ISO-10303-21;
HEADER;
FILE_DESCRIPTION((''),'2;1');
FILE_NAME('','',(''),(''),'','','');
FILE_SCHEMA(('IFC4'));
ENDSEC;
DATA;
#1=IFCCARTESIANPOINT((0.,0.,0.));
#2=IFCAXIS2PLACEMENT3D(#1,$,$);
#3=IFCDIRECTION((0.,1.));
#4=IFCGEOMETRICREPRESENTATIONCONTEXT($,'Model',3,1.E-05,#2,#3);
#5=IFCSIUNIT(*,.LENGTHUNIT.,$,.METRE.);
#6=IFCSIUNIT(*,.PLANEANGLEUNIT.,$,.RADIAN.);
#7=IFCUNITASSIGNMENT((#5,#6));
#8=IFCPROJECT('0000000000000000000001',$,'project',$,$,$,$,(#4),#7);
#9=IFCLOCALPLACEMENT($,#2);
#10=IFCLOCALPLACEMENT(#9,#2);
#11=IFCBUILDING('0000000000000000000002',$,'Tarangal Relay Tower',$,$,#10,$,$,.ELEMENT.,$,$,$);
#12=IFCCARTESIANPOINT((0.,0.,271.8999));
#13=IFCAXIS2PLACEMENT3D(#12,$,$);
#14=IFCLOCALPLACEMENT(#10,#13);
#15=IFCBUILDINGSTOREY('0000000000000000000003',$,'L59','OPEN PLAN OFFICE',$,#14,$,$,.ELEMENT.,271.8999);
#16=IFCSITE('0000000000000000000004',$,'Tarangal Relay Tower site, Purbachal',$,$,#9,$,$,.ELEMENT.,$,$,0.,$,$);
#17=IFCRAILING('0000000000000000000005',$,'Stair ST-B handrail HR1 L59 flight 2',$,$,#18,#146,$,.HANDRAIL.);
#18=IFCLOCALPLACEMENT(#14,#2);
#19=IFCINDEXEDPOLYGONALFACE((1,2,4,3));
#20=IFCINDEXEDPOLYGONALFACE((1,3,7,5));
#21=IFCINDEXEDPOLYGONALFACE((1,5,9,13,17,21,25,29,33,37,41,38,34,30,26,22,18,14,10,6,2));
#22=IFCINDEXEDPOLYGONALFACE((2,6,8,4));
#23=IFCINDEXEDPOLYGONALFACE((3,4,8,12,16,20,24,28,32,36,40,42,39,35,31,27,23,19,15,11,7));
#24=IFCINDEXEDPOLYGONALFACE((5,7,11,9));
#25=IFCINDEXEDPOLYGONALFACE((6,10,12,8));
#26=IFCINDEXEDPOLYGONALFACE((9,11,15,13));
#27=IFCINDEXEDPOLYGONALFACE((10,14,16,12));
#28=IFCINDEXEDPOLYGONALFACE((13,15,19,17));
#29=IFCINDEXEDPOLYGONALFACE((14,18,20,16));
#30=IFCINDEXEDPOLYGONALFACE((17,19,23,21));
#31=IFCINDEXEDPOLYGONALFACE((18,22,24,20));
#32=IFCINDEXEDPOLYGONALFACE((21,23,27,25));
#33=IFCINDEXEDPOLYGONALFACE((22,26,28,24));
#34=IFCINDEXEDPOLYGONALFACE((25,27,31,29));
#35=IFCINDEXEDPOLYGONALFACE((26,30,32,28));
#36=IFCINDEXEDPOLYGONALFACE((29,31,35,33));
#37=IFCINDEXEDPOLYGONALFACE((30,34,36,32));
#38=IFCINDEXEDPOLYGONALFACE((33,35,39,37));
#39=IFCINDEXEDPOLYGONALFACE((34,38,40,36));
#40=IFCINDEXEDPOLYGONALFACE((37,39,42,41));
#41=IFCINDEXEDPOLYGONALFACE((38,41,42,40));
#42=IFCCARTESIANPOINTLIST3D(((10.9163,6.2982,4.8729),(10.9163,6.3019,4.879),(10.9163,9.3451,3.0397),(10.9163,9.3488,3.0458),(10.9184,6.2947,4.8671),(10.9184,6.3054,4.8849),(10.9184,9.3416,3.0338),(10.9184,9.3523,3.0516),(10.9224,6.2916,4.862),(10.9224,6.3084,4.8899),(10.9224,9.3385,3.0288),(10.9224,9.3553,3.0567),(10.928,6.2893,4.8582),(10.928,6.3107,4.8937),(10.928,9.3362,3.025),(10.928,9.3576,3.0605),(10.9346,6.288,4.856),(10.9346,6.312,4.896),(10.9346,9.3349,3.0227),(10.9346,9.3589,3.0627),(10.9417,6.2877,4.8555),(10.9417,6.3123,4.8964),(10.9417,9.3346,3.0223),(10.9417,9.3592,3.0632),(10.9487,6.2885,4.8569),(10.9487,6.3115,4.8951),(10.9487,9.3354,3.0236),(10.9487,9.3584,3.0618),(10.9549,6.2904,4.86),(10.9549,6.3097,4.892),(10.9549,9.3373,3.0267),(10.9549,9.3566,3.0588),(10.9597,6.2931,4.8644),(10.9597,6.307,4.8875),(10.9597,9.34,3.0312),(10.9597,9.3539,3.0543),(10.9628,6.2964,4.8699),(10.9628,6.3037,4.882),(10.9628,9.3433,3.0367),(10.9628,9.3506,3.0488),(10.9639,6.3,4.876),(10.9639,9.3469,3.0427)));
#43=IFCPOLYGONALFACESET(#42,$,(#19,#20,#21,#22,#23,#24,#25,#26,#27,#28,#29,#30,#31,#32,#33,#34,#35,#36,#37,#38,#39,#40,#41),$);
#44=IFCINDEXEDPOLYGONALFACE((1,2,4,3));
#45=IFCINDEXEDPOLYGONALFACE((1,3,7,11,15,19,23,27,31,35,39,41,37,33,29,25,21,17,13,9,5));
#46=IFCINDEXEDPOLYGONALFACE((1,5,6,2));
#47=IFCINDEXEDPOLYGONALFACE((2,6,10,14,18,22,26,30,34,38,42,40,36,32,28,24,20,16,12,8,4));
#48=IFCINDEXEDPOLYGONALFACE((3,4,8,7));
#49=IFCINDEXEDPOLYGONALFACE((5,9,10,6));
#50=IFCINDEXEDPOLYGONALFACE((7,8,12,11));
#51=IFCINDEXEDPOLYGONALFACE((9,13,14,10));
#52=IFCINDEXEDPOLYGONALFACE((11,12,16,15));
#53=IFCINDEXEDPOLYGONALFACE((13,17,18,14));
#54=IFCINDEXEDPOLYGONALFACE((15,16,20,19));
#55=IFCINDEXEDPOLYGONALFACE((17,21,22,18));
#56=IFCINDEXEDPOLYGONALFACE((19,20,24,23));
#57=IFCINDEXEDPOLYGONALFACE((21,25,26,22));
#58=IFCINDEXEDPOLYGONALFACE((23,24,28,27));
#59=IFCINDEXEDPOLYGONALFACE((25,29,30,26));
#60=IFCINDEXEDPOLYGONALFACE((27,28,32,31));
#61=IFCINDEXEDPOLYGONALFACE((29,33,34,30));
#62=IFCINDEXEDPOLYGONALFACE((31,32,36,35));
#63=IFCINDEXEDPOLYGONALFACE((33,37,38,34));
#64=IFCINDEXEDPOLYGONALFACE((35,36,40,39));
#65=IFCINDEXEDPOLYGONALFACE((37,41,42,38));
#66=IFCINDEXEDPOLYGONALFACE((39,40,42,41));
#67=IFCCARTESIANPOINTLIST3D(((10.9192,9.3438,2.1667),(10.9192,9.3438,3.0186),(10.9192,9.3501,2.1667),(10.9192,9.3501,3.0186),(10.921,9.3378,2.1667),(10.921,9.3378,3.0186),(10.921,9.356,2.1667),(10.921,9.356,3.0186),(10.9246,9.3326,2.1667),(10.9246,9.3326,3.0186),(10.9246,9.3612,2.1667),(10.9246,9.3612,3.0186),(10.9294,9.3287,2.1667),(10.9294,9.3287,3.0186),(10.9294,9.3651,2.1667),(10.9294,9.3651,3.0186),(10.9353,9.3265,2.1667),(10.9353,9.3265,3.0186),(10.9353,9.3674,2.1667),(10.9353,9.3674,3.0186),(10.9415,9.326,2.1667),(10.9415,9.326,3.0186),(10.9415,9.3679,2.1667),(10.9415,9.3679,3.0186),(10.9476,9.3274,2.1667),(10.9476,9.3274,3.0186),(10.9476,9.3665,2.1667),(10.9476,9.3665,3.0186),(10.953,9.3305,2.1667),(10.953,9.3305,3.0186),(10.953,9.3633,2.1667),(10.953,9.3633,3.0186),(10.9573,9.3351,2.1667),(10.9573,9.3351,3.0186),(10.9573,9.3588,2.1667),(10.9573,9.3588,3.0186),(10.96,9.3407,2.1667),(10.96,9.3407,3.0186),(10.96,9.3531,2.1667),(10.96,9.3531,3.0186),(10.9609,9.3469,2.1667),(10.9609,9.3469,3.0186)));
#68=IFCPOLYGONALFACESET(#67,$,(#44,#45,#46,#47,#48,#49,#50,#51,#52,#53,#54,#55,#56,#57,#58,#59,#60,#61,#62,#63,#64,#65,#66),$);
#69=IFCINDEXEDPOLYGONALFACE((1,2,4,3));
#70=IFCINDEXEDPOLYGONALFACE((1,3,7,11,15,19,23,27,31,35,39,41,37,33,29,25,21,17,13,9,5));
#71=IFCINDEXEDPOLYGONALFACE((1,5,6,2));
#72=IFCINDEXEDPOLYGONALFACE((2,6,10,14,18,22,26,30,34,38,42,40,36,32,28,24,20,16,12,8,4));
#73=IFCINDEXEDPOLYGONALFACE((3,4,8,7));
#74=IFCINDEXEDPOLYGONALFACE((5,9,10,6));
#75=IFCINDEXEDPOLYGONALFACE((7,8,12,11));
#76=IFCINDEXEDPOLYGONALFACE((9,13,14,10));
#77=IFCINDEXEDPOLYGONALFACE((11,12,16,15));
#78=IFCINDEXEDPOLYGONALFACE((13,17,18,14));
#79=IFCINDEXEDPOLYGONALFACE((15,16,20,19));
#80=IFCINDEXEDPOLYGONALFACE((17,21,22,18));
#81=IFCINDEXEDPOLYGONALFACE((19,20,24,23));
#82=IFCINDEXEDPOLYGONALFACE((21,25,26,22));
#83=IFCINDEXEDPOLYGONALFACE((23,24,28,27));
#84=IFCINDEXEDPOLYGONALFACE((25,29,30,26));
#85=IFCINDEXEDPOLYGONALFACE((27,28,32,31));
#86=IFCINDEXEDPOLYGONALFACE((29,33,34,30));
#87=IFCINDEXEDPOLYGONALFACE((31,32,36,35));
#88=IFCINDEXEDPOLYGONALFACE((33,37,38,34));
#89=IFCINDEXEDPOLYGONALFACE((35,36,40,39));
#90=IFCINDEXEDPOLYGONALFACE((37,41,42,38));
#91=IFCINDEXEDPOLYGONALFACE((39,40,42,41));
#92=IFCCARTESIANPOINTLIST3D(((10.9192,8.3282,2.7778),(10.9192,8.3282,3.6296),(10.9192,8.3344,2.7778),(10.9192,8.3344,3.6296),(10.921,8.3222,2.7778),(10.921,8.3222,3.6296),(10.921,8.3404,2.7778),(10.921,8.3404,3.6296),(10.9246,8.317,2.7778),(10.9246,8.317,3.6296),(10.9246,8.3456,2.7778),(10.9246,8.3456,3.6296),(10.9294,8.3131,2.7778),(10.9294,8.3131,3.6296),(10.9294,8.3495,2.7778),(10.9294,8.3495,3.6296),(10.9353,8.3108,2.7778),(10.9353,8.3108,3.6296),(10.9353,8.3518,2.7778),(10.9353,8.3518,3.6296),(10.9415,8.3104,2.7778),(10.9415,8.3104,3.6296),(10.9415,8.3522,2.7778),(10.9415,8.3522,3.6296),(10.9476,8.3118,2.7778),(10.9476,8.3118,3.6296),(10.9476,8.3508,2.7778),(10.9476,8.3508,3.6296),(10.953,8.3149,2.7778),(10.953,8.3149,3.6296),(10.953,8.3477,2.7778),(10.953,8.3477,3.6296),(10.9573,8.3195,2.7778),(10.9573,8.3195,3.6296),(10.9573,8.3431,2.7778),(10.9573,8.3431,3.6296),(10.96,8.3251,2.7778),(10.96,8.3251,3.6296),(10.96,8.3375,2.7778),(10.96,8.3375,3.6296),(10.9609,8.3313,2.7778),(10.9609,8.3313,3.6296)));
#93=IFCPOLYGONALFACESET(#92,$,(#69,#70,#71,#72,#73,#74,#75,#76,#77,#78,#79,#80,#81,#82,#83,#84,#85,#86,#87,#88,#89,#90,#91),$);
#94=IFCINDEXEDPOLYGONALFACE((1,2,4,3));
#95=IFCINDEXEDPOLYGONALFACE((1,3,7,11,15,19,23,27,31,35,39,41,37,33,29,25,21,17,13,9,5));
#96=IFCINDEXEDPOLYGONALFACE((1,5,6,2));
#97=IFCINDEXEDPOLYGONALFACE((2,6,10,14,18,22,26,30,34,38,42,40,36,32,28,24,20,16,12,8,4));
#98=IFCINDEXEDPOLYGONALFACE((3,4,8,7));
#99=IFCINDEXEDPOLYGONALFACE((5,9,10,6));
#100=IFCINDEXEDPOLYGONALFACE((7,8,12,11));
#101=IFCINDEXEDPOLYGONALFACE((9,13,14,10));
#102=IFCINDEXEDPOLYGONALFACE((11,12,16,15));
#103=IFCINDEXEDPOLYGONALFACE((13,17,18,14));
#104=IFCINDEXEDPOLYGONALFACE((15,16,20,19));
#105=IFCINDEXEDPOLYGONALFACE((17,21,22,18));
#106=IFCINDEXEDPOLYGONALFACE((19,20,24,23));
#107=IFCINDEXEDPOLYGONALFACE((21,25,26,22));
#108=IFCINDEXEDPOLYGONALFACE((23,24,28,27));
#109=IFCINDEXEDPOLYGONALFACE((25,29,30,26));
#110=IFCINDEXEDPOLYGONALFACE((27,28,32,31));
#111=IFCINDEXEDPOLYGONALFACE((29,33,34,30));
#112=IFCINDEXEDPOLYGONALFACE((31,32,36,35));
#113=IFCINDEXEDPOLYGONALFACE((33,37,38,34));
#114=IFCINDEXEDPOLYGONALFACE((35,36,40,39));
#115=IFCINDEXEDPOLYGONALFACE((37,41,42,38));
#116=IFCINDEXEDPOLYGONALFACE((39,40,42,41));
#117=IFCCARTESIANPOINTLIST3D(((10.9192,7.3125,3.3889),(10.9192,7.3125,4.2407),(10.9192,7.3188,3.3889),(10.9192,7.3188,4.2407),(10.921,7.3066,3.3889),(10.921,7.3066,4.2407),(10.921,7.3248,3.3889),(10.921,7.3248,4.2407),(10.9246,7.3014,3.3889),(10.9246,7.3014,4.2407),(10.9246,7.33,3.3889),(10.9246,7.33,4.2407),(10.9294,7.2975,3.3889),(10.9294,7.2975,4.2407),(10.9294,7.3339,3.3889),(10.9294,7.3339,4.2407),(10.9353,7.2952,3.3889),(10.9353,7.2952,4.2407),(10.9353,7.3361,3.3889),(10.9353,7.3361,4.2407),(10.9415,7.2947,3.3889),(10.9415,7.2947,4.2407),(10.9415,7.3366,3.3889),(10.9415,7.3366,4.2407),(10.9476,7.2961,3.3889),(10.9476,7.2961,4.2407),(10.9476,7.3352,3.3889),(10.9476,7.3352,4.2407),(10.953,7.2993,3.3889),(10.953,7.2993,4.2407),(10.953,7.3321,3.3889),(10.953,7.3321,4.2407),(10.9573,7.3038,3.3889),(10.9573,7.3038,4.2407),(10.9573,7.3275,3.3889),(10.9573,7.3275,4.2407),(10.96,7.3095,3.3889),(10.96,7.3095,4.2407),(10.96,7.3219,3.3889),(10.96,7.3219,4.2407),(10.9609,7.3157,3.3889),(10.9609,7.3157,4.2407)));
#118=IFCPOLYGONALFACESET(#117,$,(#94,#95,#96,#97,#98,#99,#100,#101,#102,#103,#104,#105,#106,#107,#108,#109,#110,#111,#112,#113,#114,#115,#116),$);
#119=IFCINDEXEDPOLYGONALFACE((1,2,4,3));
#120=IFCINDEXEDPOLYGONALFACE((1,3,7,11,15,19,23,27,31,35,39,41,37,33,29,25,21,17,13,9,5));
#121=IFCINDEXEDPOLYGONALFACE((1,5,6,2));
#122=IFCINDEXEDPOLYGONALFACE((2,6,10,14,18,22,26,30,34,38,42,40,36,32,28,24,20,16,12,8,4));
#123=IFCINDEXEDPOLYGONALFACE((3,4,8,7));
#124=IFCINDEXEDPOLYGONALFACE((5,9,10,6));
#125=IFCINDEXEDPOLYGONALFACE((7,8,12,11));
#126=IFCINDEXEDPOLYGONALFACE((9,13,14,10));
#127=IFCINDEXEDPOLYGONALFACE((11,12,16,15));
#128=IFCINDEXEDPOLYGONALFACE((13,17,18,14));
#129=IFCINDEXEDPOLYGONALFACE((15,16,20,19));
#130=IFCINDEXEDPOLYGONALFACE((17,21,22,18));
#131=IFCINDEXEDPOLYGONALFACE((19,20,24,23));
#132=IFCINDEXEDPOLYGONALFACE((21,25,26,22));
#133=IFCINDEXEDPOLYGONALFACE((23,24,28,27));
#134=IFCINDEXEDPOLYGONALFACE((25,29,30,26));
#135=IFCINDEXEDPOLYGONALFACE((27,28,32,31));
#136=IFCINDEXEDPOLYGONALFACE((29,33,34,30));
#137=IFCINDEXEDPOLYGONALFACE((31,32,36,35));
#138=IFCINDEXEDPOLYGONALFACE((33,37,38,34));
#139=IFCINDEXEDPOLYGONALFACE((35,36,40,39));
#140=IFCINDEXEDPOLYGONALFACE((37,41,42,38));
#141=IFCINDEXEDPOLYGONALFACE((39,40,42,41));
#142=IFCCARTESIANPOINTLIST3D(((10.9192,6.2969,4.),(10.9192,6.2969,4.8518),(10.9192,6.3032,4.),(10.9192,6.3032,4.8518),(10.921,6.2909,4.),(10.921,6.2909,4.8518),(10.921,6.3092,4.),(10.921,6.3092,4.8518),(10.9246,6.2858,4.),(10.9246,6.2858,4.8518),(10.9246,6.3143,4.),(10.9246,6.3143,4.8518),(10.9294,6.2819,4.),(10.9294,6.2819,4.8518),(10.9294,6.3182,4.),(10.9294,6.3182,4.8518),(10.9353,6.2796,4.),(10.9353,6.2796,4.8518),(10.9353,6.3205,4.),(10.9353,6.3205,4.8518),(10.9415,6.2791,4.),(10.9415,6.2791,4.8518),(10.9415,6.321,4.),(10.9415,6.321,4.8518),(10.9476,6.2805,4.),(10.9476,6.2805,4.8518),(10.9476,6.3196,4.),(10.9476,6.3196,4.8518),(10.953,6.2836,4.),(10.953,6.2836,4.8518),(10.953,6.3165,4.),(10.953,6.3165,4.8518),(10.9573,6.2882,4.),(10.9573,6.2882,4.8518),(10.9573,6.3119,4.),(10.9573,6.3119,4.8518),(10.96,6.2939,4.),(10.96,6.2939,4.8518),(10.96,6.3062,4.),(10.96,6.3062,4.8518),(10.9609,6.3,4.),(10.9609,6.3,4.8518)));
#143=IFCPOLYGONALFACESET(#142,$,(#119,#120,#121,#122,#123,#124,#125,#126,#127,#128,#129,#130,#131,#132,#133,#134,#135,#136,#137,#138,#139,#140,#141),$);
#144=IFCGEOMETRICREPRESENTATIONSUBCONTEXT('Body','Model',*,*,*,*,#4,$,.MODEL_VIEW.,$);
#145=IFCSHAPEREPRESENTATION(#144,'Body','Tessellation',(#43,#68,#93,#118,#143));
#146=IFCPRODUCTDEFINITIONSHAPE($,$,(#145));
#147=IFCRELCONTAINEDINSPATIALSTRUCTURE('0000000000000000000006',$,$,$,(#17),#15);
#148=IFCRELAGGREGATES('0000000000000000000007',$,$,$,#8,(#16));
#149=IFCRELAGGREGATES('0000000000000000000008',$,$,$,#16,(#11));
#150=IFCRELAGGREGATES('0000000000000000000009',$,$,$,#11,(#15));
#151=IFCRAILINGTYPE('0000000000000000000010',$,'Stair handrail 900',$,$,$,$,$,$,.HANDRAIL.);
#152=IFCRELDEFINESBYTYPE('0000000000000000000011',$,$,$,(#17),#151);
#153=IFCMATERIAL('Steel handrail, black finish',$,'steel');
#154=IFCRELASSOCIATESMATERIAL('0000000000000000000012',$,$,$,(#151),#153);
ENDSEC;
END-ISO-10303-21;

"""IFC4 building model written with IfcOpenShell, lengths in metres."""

from ifc_helpers import new_model, si_unit, direction, frame, origin, origin_2d, place, context, subcontext, project, spatial, circle, extrude, material, type_object, element, save


model = new_model("IFC4")

# Units and contexts
model_context = context("Model", 3, precision=1e-05, world=origin(), true_north=direction((0.0, 1.0)))
body_context = subcontext(model_context, "Body", "Model", "MODEL_VIEW")
ifc_project = project(units=[si_unit("LENGTHUNIT", "METRE"), si_unit("PLANEANGLEUNIT", "RADIAN")], contexts=[model_context])

# Site, building, storey
site_placement = place(None, origin())
site = spatial("IfcSite", under=ifc_project, at=site_placement, Name="Tarangal Relay Tower site, Purbachal", CompositionType="ELEMENT", RefElevation=0.0)
building_placement = place(site_placement, origin())
building = spatial("IfcBuilding", under=site, at=building_placement, Name="Tarangal Relay Tower", CompositionType="ELEMENT")
storey_placement = place(building_placement, frame((0.0, 0.0, 271.8999)))
storey = spatial("IfcBuildingStorey", under=building, at=storey_placement, Name="L59", Description="OPEN PLAN OFFICE", CompositionType="ELEMENT", Elevation=271.8999)

# Railing
ifc_material_1 = material(Name="Steel handrail, black finish", Category="steel")
railing_type_1 = type_object("IfcRailingType", Name="Stair handrail 900", PredefinedType="HANDRAIL", material=ifc_material_1)
railing_1_placement = place(storey_placement, frame((10.9399, 9.3469, 2.1667)))
element("IfcRailing", 1, at=railing_1_placement, inside=storey, type_object=railing_type_1, Name="Stair ST-B handrail HR1 L59 flight 2", PredefinedType="HANDRAIL", context=body_context, shape_type="SweptSolid", body=[
    extrude(circle(Radius=0.0239, at=origin_2d()), frame((0.0, 0.0, 0.876), z_axis=(0.0, -0.856856, 0.515556), x_axis=(1.0, 0.0, 0.0)), (0.0, 0.0, 1.0), 3.5559),
    extrude(circle(Radius=0.021, at=origin_2d()), origin(), (0.0, 0.0, 1.0), 0.8518),
    extrude(circle(Radius=0.021, at=origin_2d()), frame((0.0, -1.0156, 0.6111)), (0.0, 0.0, 1.0), 0.8518),
    extrude(circle(Radius=0.021, at=origin_2d()), frame((0.0, -2.0312, 1.2222)), (0.0, 0.0, 1.0), 0.8518),
    extrude(circle(Radius=0.021, at=origin_2d()), frame((0.0, -3.0469, 1.8333)), (0.0, 0.0, 1.0), 0.8518),
])

save(model, "model.ifc")
